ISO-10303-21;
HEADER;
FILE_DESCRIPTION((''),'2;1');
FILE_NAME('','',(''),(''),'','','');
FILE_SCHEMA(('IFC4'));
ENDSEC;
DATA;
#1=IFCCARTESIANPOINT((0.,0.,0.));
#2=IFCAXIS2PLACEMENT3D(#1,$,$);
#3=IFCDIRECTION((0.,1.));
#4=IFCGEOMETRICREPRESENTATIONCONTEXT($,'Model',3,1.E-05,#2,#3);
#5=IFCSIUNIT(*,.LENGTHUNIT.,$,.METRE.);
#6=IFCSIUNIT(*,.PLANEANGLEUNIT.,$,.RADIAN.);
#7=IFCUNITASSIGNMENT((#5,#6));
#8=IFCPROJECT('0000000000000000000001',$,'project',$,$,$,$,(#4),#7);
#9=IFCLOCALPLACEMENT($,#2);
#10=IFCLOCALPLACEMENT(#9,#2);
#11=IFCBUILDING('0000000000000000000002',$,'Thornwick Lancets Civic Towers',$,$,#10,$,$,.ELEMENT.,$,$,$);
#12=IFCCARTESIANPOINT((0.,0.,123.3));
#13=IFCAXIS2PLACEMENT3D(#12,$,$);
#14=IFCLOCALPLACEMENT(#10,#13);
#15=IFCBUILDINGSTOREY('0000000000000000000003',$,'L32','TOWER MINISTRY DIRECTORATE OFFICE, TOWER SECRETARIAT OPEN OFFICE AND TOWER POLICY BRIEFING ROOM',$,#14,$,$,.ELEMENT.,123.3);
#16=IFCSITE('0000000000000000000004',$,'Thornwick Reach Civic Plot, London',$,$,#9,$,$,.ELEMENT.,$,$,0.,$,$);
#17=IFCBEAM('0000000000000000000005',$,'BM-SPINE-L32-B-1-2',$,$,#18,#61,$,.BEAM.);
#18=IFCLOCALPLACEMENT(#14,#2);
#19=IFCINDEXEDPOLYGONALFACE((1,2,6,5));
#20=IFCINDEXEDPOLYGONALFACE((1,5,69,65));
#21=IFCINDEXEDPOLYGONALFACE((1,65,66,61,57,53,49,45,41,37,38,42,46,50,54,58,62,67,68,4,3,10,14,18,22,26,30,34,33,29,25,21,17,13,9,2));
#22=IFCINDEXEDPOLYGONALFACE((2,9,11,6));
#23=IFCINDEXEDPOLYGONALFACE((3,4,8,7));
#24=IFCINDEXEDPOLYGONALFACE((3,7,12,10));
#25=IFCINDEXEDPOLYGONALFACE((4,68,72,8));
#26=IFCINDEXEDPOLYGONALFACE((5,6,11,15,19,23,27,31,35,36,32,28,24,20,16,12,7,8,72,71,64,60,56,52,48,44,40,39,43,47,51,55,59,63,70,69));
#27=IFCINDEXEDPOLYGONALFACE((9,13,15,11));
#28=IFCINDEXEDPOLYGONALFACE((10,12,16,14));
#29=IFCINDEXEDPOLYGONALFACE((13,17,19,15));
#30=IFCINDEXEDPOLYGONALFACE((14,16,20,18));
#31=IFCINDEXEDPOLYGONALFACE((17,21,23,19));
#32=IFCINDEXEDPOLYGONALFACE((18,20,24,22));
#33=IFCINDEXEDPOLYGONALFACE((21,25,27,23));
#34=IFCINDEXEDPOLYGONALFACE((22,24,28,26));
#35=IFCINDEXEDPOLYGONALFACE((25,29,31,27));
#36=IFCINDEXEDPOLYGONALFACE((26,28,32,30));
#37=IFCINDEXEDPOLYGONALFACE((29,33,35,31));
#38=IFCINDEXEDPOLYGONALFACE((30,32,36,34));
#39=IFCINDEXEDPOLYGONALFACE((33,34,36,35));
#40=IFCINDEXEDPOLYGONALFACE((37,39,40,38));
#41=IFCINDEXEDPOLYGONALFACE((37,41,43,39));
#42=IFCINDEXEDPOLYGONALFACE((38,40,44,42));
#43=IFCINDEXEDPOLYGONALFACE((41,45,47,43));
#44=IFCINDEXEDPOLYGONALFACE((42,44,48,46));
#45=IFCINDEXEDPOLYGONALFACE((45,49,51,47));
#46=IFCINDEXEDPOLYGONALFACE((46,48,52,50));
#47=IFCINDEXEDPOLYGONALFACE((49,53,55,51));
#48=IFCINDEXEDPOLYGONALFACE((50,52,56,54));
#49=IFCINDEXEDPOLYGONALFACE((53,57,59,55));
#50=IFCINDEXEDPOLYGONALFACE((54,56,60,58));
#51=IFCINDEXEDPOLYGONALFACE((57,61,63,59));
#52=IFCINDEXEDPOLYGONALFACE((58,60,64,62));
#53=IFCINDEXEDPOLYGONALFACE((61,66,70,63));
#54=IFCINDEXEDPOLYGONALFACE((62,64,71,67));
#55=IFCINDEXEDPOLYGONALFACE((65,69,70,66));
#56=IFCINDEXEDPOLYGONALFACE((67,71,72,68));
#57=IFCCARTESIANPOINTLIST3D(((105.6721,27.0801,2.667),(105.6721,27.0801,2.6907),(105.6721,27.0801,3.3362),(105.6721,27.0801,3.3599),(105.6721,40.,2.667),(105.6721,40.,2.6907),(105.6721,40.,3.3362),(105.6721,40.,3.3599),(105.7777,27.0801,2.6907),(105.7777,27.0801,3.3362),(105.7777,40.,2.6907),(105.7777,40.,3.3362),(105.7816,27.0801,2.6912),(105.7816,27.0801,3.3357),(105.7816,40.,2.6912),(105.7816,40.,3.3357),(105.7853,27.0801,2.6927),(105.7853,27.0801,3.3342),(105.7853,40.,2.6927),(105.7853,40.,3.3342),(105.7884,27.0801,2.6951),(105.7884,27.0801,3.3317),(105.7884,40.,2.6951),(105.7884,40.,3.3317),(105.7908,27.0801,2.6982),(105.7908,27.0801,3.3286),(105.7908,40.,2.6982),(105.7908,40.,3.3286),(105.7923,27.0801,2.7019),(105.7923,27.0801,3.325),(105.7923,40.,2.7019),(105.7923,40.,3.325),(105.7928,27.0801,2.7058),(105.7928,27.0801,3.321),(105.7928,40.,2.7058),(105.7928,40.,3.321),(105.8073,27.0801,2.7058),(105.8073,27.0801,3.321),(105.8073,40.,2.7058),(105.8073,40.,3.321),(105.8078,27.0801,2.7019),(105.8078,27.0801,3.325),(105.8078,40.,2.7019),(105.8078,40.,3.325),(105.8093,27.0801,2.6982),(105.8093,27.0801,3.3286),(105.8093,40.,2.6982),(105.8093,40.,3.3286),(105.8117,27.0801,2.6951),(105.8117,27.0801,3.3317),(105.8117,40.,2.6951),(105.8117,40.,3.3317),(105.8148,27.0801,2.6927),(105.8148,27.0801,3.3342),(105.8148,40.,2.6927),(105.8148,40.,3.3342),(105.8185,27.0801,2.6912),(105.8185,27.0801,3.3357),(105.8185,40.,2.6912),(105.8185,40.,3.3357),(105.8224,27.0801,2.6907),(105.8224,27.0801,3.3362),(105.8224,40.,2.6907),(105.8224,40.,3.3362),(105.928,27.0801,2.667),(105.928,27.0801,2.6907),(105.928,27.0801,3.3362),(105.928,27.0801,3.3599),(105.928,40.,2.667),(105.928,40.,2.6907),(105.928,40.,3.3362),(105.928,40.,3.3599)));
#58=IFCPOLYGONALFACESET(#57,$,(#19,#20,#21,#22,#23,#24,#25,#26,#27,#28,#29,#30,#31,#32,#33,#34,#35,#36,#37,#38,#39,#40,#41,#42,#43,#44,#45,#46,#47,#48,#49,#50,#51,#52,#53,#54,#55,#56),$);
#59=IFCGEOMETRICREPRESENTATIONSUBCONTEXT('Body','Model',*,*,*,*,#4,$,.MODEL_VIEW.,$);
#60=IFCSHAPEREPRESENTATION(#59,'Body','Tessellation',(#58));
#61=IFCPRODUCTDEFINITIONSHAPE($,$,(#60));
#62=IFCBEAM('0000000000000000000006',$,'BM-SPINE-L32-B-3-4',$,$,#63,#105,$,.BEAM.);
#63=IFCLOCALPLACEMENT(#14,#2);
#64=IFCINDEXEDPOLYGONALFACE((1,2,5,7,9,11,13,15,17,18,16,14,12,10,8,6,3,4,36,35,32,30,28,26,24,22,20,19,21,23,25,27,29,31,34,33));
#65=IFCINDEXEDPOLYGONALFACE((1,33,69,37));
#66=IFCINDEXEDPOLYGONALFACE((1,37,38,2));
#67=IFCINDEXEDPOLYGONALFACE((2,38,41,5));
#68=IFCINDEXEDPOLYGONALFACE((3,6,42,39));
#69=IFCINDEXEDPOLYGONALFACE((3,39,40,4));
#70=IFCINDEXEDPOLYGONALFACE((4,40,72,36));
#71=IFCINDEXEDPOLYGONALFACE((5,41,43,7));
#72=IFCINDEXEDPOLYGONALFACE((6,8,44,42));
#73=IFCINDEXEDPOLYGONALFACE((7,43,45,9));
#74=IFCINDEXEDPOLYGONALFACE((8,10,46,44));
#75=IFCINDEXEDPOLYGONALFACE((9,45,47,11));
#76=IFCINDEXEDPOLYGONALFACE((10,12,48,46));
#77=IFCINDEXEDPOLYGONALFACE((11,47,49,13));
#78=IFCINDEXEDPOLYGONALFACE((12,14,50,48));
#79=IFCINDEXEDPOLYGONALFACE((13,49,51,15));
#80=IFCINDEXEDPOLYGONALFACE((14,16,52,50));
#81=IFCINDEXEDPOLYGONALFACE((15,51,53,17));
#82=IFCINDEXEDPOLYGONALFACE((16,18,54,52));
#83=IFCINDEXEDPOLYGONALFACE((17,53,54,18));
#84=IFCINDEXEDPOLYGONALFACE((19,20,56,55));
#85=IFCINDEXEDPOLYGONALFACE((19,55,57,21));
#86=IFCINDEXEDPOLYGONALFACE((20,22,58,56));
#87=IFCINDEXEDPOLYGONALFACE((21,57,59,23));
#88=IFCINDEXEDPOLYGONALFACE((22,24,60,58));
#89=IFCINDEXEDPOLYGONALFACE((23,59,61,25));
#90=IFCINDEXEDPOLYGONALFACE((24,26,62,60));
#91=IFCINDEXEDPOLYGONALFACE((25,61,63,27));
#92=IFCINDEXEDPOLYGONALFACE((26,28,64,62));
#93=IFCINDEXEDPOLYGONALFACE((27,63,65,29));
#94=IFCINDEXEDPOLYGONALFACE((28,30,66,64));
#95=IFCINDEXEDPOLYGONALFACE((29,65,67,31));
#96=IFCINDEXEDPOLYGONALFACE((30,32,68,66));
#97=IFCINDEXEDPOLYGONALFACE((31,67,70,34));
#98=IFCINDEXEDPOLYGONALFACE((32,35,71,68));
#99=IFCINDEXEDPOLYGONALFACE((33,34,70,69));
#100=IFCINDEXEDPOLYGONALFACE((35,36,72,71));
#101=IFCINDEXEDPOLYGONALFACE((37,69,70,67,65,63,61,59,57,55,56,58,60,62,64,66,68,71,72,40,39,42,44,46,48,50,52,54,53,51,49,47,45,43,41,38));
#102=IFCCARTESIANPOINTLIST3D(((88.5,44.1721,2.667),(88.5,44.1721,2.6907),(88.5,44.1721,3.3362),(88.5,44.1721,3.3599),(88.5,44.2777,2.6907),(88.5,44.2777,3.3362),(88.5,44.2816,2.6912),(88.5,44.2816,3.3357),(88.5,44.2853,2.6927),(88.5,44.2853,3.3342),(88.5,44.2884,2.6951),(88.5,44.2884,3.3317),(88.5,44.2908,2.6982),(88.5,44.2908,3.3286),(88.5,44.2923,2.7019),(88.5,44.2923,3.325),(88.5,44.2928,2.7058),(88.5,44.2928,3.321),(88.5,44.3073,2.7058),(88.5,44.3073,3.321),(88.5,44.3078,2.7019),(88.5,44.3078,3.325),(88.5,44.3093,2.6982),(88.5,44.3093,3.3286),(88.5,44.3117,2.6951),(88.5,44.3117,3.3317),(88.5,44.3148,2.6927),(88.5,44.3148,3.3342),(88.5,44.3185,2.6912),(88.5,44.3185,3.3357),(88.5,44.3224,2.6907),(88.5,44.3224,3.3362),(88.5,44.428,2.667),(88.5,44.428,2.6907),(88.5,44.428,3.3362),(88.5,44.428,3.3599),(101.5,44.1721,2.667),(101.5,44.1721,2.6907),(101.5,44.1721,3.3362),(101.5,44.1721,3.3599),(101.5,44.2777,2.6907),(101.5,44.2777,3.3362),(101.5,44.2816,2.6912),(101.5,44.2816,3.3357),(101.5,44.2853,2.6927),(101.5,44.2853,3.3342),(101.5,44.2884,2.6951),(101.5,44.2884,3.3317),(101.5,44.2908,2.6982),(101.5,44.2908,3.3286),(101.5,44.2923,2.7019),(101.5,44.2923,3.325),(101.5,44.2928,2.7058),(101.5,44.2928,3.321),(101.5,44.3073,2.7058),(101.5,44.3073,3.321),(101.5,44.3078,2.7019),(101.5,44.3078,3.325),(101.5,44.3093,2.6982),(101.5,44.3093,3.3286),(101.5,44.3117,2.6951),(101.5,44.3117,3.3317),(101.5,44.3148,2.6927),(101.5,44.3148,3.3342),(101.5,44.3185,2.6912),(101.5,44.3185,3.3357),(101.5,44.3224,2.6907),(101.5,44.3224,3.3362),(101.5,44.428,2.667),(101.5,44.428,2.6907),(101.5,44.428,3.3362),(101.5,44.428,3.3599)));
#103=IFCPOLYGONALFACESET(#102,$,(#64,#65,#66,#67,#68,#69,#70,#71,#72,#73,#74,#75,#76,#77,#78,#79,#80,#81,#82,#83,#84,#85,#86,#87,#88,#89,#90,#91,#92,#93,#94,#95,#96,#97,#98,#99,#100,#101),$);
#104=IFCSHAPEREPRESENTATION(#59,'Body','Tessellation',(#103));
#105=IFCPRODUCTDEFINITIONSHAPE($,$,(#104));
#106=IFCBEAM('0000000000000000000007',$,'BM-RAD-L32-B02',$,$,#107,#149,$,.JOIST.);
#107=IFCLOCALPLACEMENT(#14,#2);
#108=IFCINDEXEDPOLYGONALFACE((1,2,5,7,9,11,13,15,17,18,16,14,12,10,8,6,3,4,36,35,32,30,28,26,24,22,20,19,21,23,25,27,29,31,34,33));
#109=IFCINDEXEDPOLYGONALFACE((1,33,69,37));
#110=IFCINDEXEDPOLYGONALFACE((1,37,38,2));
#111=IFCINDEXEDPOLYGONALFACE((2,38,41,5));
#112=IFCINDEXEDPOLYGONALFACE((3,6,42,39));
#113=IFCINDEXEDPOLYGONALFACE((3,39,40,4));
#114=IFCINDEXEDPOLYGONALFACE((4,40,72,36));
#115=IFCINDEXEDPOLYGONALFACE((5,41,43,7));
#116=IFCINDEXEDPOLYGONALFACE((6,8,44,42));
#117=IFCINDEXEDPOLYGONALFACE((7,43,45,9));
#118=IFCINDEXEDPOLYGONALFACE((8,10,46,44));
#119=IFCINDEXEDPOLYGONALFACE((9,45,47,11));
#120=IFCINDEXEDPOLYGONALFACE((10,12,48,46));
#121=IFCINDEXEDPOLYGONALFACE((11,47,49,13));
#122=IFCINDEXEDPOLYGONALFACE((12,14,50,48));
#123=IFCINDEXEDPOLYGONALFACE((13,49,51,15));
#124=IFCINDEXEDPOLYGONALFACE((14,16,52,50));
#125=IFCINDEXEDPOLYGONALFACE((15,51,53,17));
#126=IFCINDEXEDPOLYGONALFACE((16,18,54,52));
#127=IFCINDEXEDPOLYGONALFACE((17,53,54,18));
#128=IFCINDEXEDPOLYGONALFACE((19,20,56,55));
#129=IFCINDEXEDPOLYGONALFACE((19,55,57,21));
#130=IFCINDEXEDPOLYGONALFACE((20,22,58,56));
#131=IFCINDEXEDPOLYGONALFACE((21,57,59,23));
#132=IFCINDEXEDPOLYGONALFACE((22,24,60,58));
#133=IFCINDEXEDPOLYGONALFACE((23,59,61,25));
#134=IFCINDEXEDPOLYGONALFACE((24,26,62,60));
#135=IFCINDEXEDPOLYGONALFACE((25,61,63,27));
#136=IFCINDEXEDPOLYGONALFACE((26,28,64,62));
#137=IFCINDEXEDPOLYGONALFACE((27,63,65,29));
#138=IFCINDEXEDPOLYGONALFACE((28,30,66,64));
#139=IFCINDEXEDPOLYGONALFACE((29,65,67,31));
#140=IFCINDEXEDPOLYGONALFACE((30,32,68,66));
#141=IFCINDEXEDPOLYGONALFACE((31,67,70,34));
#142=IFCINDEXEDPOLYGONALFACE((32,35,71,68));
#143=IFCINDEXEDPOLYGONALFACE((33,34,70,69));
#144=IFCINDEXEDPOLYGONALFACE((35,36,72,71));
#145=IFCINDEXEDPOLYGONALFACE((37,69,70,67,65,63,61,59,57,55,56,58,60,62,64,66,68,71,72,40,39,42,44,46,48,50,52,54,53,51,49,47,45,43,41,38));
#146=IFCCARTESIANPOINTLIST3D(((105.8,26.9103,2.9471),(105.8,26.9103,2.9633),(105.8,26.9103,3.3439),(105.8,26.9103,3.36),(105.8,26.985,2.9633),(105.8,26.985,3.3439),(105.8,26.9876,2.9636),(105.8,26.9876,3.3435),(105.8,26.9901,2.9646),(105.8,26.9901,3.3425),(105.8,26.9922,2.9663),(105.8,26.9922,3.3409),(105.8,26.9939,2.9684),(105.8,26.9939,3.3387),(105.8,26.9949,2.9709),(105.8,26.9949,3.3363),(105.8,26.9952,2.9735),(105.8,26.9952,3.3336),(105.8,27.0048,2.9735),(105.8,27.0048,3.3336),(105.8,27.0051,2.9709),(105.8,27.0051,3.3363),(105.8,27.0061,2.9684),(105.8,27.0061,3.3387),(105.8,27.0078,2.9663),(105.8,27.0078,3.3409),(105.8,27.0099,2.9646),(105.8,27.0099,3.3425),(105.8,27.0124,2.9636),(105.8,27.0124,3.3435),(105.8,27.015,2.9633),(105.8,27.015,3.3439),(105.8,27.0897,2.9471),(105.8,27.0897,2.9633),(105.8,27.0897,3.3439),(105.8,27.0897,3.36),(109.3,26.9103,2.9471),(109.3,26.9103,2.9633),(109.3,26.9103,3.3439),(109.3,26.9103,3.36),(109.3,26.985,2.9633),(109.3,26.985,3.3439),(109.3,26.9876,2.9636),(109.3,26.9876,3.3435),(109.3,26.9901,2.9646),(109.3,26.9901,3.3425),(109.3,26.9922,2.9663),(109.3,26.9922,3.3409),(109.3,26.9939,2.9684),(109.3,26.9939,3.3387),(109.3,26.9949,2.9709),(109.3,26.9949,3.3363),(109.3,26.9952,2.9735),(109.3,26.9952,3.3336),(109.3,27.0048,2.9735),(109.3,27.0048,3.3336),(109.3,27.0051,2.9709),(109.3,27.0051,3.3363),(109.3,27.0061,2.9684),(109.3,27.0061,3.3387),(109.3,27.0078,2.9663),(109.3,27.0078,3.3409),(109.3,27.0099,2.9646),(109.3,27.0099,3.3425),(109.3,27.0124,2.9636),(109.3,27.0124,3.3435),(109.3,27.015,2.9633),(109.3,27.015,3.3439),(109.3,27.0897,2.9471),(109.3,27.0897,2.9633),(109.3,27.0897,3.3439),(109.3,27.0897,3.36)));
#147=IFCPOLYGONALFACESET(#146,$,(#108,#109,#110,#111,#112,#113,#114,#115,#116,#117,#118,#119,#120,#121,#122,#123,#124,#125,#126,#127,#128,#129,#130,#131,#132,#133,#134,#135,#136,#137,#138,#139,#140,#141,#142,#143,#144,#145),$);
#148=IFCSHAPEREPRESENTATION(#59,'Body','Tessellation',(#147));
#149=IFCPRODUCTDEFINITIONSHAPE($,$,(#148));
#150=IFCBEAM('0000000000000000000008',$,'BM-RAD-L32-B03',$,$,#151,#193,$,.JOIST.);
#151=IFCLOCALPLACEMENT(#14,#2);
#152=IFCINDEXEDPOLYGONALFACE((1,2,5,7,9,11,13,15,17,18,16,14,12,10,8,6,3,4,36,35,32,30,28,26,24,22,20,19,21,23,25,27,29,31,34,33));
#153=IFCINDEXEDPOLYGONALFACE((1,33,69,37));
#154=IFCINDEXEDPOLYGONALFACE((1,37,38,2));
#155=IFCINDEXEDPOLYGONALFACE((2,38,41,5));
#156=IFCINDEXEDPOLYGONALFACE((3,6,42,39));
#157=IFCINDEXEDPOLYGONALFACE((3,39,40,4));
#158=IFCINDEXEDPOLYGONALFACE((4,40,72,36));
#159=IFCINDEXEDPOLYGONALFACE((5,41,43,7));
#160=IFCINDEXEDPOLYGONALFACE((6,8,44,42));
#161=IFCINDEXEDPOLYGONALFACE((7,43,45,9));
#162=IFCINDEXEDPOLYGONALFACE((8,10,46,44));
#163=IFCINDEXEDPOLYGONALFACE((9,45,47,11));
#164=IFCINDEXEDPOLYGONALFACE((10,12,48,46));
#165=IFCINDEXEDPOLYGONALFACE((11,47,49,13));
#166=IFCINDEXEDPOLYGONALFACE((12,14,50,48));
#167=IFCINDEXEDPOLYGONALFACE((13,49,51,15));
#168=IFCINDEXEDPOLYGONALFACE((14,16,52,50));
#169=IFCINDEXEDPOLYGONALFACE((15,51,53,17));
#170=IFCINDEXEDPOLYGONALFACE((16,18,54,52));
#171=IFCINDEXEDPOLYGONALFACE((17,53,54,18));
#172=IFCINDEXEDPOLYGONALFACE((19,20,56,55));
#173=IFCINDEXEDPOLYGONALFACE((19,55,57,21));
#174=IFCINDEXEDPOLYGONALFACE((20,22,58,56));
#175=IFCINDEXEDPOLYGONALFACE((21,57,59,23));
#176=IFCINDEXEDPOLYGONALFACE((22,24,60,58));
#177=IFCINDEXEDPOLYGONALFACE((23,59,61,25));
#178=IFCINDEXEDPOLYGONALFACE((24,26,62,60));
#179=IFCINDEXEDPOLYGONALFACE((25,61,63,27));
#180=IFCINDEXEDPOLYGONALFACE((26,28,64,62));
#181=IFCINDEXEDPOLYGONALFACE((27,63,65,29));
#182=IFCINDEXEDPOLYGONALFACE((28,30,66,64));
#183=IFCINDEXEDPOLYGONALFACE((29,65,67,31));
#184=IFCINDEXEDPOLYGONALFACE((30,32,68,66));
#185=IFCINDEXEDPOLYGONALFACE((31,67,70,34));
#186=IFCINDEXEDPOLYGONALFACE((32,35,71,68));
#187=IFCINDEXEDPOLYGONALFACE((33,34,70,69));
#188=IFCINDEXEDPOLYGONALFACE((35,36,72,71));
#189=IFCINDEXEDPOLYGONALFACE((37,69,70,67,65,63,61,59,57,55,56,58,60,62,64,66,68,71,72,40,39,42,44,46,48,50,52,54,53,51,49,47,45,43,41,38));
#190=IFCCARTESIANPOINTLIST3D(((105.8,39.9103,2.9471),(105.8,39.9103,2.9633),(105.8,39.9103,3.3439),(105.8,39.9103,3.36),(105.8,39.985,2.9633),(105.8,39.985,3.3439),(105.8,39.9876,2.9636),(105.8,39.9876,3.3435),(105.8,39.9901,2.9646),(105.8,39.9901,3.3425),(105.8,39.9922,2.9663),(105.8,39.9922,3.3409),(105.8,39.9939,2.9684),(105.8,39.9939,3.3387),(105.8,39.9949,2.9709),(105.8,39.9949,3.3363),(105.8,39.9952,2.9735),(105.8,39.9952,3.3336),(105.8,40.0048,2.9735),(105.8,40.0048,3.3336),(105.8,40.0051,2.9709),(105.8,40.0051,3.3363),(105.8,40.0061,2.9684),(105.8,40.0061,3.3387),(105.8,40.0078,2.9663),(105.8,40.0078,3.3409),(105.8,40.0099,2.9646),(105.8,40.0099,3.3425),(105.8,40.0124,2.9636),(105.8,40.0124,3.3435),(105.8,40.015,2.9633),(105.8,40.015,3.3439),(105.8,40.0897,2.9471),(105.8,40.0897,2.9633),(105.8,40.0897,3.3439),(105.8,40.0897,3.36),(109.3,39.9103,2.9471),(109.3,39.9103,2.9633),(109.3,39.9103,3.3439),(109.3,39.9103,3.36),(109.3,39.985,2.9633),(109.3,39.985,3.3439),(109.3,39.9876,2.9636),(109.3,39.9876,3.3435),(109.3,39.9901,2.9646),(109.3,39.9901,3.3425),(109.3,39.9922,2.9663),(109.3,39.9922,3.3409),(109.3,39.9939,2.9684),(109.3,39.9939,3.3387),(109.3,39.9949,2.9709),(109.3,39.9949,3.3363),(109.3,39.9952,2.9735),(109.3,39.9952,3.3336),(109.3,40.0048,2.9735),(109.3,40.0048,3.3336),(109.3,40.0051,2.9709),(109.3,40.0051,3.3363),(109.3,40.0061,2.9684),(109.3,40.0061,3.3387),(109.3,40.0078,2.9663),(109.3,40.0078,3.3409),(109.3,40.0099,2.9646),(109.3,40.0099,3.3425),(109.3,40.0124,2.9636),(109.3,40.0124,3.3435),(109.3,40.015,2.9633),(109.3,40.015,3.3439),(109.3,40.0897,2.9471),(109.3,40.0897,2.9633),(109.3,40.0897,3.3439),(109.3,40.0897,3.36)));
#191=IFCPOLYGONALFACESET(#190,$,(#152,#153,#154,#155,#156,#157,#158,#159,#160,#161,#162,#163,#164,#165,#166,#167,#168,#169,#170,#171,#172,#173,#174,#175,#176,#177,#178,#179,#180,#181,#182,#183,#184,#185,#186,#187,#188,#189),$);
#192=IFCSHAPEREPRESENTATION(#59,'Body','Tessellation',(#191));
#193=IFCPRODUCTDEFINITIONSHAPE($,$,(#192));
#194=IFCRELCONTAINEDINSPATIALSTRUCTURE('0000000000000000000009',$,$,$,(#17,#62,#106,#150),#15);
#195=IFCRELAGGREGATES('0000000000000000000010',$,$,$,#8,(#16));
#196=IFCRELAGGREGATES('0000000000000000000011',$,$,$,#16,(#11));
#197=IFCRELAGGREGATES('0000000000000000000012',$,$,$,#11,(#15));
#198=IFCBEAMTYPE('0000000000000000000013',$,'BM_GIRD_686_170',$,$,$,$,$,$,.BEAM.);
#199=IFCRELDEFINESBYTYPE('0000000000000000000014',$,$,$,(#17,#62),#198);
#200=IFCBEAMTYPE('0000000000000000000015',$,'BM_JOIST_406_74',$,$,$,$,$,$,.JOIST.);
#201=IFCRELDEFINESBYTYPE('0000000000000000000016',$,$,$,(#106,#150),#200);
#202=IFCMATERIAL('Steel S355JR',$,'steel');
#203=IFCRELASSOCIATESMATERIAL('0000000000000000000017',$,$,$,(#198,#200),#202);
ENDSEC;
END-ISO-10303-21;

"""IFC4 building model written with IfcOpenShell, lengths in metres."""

from ifc_helpers import new_model, si_unit, direction, frame, origin, origin_2d, place, context, subcontext, project, spatial, i_section, extrude, material, material_profile, profile_set, type_object, element, save


model = new_model("IFC4")

# Units and contexts
model_context = context("Model", 3, precision=1e-05, world=origin(), true_north=direction((0.0, 1.0)))
body_context = subcontext(model_context, "Body", "Model", "MODEL_VIEW")
ifc_project = project(units=[si_unit("LENGTHUNIT", "METRE"), si_unit("PLANEANGLEUNIT", "RADIAN")], contexts=[model_context])

# Site, building, storey
site_placement = place(None, origin())
site = spatial("IfcSite", under=ifc_project, at=site_placement, Name="Thornwick Reach Civic Plot, London", CompositionType="ELEMENT", RefElevation=0.0)
building_placement = place(site_placement, origin())
building = spatial("IfcBuilding", under=site, at=building_placement, Name="Thornwick Lancets Civic Towers", CompositionType="ELEMENT")
storey_placement = place(building_placement, frame((0.0, 0.0, 123.3)))
storey = spatial("IfcBuildingStorey", under=building, at=storey_placement, Name="L32", Description="TOWER MINISTRY DIRECTORATE OFFICE, TOWER SECRETARIAT OPEN OFFICE AND TOWER POLICY BRIEFING ROOM", CompositionType="ELEMENT", Elevation=123.3)

# Beams
ifc_material_1 = material(Name="Steel S355JR", Category="steel")
ifc_material_profile_1 = material_profile(ifc_material_1, i_section(OverallWidth=0.2559, OverallDepth=0.6929, WebThickness=0.0144, FlangeThickness=0.0237, FilletRadius=0.0151, at=origin_2d()), Name="UKB 686x254x170")
ifc_profile_set_1 = profile_set([ifc_material_profile_1], Name="Steel S355JR")
beam_type_1 = type_object("IfcBeamType", Name="BM_GIRD_686_170", PredefinedType="BEAM", material=ifc_profile_set_1)
beam_1_placement = place(storey_placement, frame((105.8, 27.0801, 3.0134), z_axis=(0.0, 1.0, 0.0), x_axis=(-1.0, 0.0, 0.0)))
element("IfcBeam", 1, at=beam_1_placement, inside=storey, type_object=beam_type_1, Name="BM-SPINE-L32-B-1-2", PredefinedType="BEAM", context=body_context, shape_type="SweptSolid", body=[
    extrude(i_section(OverallWidth=0.2559, OverallDepth=0.6929, WebThickness=0.0144, FlangeThickness=0.0237, FilletRadius=0.0151, at=origin_2d()), origin(), (0.0, 0.0, 1.0), 12.9199),
])
beam_2_placement = place(storey_placement, frame((101.5, 44.3, 3.0134), z_axis=(-1.0, 0.0, 0.0), x_axis=(0.0, -1.0, 0.0)))
element("IfcBeam", 2, at=beam_2_placement, inside=storey, type_object=beam_type_1, Name="BM-SPINE-L32-B-3-4", PredefinedType="BEAM", context=body_context, shape_type="SweptSolid", body=[
    extrude(i_section(OverallWidth=0.2559, OverallDepth=0.6929, WebThickness=0.0144, FlangeThickness=0.0237, FilletRadius=0.0151, at=origin_2d()), origin(), (0.0, 0.0, 1.0), 13.0),
])
ifc_material_profile_2 = material_profile(ifc_material_1, i_section(OverallWidth=0.1794, OverallDepth=0.4128, WebThickness=0.0095, FlangeThickness=0.0161, FilletRadius=0.0103, at=origin_2d()), Name="UKB 406x178x74")
ifc_profile_set_2 = profile_set([ifc_material_profile_2], Name="Steel S355JR")
beam_type_2 = type_object("IfcBeamType", Name="BM_JOIST_406_74", PredefinedType="JOIST", material=ifc_profile_set_2)
for number, where, z_axis, x_axis, name in (
    (3, (105.8, 27.0, 3.1536), (1.0, 0.0, 0.0), (0.0, 1.0, 0.0), "BM-RAD-L32-B02"),
    (4, (105.8, 40.0, 3.1536), (1.0, 0.0, 0.0), (0.0, 1.0, 0.0), "BM-RAD-L32-B03"),
):
    element("IfcBeam", number, at=place(storey_placement, frame(where, z_axis=z_axis, x_axis=x_axis)), inside=storey, type_object=beam_type_2, Name=name, PredefinedType="JOIST", context=body_context, shape_type="SweptSolid", body=[
        extrude(i_section(OverallWidth=0.1794, OverallDepth=0.4128, WebThickness=0.0095, FlangeThickness=0.0161, FilletRadius=0.0103, at=origin_2d()), origin(), (0.0, 0.0, 1.0), 3.5),
    ])

save(model, "model.ifc")
